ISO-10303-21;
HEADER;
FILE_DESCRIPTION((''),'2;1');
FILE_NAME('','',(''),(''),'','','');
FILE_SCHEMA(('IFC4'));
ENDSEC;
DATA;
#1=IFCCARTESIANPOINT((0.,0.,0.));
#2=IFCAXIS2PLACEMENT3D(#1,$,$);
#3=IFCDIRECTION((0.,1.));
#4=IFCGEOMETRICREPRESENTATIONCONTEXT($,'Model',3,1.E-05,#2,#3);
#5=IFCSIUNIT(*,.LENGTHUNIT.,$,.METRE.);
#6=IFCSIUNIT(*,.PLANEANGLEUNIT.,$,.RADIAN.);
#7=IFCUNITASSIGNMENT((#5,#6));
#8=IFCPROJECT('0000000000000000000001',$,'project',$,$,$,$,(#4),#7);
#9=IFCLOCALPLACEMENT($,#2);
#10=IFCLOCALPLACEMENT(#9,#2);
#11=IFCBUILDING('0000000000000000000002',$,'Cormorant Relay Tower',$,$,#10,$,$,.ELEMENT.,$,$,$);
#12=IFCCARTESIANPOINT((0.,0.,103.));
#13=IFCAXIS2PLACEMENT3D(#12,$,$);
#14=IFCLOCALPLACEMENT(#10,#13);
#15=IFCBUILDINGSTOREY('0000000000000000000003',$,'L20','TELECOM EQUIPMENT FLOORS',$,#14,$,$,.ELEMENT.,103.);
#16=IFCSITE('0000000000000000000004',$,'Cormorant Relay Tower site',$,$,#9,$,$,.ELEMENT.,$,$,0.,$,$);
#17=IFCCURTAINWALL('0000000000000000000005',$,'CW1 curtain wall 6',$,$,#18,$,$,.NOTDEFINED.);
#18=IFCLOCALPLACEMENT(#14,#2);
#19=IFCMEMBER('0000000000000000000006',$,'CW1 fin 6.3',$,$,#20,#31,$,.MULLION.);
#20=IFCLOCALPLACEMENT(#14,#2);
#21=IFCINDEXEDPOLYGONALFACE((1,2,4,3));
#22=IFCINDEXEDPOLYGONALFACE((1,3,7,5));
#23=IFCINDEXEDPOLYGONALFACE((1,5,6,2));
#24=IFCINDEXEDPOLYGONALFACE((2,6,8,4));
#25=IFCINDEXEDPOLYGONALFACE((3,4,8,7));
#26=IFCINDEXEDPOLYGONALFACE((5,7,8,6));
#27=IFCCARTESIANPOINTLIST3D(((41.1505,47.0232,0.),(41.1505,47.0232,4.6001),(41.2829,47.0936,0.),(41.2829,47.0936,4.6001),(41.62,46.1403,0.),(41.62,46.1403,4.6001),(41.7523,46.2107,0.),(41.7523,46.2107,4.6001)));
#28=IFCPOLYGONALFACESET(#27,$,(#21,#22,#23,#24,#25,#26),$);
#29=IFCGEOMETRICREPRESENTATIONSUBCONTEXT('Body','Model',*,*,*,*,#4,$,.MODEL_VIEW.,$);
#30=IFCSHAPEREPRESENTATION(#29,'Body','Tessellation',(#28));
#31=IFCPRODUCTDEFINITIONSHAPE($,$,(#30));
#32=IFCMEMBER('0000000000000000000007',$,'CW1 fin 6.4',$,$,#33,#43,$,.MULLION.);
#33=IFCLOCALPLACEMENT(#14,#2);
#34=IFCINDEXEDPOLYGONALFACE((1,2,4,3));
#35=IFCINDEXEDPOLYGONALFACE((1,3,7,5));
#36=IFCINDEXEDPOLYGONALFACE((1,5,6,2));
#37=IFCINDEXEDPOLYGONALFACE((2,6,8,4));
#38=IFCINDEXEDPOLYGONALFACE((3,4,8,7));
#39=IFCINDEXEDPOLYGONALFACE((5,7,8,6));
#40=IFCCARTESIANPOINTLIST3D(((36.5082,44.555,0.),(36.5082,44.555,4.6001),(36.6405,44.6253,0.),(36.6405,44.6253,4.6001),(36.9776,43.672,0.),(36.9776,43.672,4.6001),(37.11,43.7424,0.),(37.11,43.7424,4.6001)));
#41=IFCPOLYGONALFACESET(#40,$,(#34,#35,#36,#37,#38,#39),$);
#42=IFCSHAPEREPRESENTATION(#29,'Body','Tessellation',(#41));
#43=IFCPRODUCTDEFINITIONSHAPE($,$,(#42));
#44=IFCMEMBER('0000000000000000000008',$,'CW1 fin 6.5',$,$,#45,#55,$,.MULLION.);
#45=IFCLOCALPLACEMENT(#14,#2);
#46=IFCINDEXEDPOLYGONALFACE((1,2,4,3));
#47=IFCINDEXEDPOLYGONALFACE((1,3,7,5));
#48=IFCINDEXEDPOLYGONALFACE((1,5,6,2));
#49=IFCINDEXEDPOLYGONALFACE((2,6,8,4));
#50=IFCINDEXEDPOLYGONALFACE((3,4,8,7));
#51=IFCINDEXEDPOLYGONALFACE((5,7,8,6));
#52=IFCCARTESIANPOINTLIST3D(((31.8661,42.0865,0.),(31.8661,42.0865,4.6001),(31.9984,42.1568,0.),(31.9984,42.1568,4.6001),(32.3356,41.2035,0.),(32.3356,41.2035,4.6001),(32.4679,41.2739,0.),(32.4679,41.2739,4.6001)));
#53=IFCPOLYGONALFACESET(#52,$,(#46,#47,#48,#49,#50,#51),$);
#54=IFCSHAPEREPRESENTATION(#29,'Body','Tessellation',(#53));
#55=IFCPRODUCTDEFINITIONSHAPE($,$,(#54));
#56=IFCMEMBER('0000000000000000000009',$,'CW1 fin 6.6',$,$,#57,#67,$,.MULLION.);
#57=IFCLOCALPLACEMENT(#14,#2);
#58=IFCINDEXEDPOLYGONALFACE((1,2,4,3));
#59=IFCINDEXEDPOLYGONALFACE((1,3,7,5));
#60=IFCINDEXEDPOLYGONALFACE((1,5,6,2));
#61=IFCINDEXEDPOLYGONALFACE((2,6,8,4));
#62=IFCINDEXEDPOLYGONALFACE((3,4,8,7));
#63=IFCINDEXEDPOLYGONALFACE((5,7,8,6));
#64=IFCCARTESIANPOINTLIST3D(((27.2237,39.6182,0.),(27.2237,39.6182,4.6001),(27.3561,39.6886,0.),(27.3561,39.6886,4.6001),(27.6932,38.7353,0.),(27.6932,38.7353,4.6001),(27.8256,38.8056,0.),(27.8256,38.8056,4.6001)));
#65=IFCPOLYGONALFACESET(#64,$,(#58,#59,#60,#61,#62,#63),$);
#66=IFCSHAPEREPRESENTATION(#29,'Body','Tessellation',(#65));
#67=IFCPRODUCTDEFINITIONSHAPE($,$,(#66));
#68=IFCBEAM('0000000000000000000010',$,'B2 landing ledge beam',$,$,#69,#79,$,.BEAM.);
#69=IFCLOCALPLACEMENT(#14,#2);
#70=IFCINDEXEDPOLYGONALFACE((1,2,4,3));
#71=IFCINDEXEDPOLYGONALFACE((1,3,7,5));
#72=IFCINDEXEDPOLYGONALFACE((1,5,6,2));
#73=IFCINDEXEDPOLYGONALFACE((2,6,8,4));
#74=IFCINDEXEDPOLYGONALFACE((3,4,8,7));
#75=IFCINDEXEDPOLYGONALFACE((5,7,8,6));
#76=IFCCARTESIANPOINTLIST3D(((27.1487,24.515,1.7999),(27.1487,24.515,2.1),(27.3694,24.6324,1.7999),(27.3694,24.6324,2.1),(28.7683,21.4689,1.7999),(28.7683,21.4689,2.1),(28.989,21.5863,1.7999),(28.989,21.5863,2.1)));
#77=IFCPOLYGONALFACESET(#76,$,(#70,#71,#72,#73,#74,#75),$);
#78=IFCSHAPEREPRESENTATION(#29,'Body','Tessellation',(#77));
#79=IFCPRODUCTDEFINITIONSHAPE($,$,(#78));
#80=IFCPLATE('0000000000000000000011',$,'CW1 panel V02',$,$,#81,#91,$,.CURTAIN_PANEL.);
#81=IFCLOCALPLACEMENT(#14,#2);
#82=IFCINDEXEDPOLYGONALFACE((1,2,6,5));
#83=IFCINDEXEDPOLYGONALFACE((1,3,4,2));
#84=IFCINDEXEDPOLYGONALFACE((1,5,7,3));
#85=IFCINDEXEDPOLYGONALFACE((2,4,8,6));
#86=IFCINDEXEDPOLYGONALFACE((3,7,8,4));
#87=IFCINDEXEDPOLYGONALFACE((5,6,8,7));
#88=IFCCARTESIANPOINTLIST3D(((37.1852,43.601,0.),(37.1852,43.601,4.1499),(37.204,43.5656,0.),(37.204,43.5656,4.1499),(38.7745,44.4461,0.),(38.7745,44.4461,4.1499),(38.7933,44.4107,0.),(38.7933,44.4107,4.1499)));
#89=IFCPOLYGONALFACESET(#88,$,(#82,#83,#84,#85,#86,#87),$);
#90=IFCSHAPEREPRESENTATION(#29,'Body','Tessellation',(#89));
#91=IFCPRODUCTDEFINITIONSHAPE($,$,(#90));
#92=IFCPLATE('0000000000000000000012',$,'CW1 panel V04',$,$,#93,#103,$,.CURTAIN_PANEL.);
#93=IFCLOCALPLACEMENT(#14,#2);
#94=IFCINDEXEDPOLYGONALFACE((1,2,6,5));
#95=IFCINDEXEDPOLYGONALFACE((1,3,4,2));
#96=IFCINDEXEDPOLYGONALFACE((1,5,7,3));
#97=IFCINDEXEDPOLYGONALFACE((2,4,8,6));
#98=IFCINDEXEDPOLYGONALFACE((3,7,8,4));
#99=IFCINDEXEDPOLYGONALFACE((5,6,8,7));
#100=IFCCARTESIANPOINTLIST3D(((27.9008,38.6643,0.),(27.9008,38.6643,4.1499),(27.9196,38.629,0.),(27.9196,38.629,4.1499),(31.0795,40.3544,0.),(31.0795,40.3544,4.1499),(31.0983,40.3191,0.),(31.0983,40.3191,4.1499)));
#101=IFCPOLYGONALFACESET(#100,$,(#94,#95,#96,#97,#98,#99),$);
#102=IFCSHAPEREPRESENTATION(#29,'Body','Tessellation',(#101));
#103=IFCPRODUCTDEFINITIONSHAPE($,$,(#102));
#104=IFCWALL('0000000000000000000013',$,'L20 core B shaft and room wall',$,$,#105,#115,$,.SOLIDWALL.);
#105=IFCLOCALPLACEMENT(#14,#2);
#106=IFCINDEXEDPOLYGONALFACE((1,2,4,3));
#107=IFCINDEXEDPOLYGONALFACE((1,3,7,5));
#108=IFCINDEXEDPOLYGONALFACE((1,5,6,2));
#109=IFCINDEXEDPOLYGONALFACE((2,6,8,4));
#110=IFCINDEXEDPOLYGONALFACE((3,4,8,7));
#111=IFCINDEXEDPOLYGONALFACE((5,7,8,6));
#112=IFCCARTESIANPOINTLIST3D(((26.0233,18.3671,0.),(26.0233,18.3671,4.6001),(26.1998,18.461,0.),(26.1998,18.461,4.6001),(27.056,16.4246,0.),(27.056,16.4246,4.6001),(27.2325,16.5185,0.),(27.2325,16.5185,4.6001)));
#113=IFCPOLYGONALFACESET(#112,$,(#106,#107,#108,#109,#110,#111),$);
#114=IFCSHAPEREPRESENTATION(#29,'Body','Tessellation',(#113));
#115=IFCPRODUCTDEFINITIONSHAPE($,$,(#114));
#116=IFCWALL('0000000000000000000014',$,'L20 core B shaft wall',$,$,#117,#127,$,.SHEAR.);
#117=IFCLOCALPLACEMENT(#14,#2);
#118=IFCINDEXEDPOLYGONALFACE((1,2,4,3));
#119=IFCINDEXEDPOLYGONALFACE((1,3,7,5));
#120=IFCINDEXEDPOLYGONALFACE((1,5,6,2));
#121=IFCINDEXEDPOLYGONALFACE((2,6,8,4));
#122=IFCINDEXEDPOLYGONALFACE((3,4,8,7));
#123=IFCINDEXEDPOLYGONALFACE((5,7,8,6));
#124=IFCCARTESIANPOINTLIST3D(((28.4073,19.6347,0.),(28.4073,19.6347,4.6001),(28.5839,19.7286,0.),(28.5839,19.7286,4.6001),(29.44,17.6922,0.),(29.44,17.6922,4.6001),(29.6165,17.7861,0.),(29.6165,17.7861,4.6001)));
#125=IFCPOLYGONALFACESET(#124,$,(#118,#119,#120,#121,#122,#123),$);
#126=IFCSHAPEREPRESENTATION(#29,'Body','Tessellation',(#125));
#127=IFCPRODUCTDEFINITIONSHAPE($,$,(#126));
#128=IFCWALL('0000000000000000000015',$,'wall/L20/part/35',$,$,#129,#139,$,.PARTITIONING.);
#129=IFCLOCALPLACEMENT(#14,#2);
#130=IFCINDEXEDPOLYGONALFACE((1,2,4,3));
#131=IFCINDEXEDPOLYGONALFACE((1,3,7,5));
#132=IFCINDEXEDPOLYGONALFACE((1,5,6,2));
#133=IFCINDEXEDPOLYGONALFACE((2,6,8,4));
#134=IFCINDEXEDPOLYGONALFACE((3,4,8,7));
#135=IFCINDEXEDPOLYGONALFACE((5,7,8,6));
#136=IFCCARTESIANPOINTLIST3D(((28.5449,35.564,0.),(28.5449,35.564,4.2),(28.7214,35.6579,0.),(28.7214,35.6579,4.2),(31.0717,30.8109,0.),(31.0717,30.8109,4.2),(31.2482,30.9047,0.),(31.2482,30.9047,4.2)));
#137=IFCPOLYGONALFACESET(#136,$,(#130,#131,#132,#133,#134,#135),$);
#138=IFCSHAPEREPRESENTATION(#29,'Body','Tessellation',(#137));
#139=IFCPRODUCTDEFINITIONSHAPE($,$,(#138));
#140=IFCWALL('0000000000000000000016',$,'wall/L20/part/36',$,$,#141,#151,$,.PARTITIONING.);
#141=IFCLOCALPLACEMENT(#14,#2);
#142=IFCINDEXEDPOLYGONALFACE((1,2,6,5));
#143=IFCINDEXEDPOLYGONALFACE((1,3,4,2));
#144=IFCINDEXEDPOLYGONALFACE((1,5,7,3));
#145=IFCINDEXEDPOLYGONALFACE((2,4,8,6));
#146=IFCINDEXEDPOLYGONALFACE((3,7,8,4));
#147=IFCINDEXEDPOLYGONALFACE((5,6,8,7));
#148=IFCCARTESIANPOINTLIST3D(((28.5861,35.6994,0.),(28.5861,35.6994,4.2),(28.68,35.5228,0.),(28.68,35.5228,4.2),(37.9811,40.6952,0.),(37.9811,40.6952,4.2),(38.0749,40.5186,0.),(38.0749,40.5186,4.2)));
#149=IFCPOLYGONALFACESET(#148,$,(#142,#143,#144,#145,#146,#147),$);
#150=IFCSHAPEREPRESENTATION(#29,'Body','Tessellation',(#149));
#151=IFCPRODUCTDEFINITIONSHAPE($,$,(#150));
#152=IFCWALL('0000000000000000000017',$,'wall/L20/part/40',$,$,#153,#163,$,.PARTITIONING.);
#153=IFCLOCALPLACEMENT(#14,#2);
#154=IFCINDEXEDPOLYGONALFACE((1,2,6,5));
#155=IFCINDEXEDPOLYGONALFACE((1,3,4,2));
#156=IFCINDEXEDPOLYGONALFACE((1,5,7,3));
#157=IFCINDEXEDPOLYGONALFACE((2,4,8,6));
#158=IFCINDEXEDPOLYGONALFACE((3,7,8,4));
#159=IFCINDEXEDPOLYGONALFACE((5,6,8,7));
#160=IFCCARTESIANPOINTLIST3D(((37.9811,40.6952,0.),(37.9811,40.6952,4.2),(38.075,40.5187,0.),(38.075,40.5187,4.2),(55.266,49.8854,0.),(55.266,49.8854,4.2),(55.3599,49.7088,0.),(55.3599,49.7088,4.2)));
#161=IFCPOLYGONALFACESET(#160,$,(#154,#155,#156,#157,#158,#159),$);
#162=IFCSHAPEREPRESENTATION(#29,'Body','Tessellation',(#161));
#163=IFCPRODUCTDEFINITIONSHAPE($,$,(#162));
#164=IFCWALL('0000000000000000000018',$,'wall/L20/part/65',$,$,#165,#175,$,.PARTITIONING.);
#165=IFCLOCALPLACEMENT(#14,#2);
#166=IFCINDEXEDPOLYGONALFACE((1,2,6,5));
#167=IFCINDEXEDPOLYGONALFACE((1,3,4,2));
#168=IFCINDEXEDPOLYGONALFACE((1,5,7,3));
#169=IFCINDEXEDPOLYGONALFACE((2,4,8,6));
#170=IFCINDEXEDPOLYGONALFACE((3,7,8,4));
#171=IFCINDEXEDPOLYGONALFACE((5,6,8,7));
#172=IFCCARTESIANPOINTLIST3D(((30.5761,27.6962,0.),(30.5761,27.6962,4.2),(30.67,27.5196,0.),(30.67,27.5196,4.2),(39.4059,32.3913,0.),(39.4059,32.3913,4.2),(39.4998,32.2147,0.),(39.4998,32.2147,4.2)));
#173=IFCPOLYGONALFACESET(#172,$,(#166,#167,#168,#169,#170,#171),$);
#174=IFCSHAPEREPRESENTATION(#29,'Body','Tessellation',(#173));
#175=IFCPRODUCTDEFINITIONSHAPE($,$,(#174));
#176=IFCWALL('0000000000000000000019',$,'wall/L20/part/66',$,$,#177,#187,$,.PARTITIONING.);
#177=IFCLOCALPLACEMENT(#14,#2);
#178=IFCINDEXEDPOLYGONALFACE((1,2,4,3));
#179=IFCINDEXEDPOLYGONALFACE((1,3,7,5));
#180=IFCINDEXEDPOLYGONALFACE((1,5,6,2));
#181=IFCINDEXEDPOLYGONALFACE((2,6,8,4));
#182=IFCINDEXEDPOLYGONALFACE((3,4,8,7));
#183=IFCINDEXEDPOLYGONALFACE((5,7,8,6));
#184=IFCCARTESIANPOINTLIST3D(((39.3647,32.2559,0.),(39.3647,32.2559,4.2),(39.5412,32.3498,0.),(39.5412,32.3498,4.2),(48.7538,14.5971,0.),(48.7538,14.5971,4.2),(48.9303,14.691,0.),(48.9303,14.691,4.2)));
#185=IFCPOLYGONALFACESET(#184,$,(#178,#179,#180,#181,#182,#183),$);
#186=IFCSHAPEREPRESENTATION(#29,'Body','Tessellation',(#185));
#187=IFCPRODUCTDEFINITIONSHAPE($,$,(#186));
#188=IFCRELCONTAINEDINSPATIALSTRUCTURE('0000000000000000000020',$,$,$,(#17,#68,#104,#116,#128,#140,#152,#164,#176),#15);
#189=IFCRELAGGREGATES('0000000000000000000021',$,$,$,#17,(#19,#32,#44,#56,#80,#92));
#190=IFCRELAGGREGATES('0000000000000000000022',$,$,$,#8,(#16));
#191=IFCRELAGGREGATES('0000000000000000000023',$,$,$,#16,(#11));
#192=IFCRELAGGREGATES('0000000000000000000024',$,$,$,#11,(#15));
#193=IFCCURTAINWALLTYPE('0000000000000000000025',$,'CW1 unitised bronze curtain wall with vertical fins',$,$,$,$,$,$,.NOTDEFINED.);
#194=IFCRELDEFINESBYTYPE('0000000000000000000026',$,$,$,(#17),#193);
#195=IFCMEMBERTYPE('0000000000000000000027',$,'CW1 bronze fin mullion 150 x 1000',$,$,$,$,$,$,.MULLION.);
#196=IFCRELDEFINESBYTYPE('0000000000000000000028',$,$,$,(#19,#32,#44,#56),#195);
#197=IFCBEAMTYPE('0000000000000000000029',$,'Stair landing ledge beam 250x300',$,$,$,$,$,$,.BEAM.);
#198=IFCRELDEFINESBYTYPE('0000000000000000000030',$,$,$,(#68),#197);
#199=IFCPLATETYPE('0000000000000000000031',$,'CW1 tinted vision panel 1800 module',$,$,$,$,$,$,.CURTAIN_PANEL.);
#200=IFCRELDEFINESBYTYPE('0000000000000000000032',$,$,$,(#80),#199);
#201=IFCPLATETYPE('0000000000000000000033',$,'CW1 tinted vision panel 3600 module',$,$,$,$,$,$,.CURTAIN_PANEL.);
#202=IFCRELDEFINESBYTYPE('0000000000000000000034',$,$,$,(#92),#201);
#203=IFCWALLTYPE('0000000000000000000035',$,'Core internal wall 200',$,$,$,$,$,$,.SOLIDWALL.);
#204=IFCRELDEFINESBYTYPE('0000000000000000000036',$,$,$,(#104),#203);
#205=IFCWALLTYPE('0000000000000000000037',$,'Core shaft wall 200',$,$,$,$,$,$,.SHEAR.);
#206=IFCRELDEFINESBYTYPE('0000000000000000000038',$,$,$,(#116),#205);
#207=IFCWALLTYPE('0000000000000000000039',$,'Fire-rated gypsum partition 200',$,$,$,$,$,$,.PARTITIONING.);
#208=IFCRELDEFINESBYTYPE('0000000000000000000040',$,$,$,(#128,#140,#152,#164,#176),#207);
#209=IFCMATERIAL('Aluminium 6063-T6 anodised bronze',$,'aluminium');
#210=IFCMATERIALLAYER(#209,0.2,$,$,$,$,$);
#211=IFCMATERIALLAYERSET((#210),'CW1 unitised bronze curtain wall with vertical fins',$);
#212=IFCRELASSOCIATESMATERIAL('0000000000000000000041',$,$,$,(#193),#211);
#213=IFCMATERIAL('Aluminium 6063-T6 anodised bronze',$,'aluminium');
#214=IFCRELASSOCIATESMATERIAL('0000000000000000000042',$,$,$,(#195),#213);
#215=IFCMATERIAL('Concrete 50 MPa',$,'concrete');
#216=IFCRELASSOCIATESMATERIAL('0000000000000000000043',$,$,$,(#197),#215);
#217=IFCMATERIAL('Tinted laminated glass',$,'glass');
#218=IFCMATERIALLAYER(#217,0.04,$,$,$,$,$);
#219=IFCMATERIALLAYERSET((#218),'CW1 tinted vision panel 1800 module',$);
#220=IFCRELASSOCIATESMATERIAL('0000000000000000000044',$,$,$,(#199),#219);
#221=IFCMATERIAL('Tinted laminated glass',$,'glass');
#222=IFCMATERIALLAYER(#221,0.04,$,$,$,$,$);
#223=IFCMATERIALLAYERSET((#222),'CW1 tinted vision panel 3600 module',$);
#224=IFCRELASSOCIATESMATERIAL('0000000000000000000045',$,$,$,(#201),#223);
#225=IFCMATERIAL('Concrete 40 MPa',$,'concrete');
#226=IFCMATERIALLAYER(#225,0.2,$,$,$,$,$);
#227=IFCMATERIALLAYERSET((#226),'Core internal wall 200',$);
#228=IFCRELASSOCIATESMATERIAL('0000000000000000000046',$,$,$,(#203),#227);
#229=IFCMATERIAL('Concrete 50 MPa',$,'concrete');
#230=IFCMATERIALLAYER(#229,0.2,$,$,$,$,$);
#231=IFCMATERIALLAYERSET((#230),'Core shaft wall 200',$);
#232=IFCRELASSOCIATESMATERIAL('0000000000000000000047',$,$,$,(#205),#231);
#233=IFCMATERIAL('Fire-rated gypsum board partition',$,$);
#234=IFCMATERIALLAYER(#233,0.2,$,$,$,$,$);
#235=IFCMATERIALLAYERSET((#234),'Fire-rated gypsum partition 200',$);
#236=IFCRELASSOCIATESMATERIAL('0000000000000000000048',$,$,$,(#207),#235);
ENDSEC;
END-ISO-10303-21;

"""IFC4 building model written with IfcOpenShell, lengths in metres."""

from ifc_helpers import new_model, si_unit, direction, frame, frame_2d, origin, origin_2d, place, context, subcontext, project, spatial, rectangle, extrude, material, layer, layer_set, material_profile, profile_set, type_object, element, aggregate, save


model = new_model("IFC4")

# Units and contexts
model_context = context("Model", 3, precision=1e-05, world=origin(), true_north=direction((0.0, 1.0)))
body_context = subcontext(model_context, "Body", "Model", "MODEL_VIEW")
ifc_project = project(units=[si_unit("LENGTHUNIT", "METRE"), si_unit("PLANEANGLEUNIT", "RADIAN")], contexts=[model_context])

# Site, building, storey
site_placement = place(None, origin())
site = spatial("IfcSite", under=ifc_project, at=site_placement, Name="Cormorant Relay Tower site", CompositionType="ELEMENT", RefElevation=0.0)
building_placement = place(site_placement, origin())
building = spatial("IfcBuilding", under=site, at=building_placement, Name="Cormorant Relay Tower", CompositionType="ELEMENT")
storey_placement = place(building_placement, frame((0.0, 0.0, 103.0)))
storey = spatial("IfcBuildingStorey", under=building, at=storey_placement, Name="L20", Description="TELECOM EQUIPMENT FLOORS", CompositionType="ELEMENT", Elevation=103.0)

# Curtain wall, members
ifc_material_1 = material(Name="Aluminium 6063-T6 anodised bronze", Category="aluminium")
ifc_layer_1 = layer(ifc_material_1, 0.2)
ifc_layer_set_1 = layer_set([ifc_layer_1], Name="CW1 unitised bronze curtain wall with vertical fins")
curtain_wall_type = type_object("IfcCurtainWallType", Name="CW1 unitised bronze curtain wall with vertical fins", PredefinedType="NOTDEFINED", material=ifc_layer_set_1)
curtain_wall_placement = place(storey_placement, origin())
curtain_wall = element("IfcCurtainWall", 1, at=curtain_wall_placement, inside=storey, type_object=curtain_wall_type, Name="CW1 curtain wall 6", PredefinedType="NOTDEFINED")
ifc_material_2 = material(Name="Aluminium 6063-T6 anodised bronze", Category="aluminium")
ifc_material_profile_1 = material_profile(ifc_material_2, rectangle(XDim=0.1499, YDim=1.0, at=origin_2d()), Name="AL 150x1000")
ifc_profile_set_1 = profile_set([ifc_material_profile_1], Name="Aluminium 6063-T6 anodised bronze")
member_type = type_object("IfcMemberType", Name="CW1 bronze fin mullion 150 x 1000", PredefinedType="MULLION", material=ifc_profile_set_1)
member_1_placement = place(storey_placement, frame((41.4514, 46.6169, 0.0), z_axis=(0.0, 0.0, 1.0), x_axis=(-0.882948, -0.469472, 0.0)))
member_1 = element("IfcMember", 2, at=member_1_placement, type_object=member_type, Name="CW1 fin 6.3", PredefinedType="MULLION", context=body_context, shape_type="SweptSolid", body=[
    extrude(rectangle(XDim=0.1499, YDim=1.0, at=origin_2d()), origin(), (0.0, 0.0, 1.0), 4.6001),
])
member_2_placement = place(storey_placement, frame((36.8091, 44.1487, 0.0), z_axis=(0.0, 0.0, 1.0), x_axis=(-0.882948, -0.469472, 0.0)))
member_2 = element("IfcMember", 3, at=member_2_placement, type_object=member_type, Name="CW1 fin 6.4", PredefinedType="MULLION", context=body_context, shape_type="SweptSolid", body=[
    extrude(rectangle(XDim=0.1499, YDim=1.0, at=origin_2d()), origin(), (0.0, 0.0, 1.0), 4.6001),
])
member_3_placement = place(storey_placement, frame((32.167, 41.6802, 0.0), z_axis=(0.0, 0.0, 1.0), x_axis=(-0.882948, -0.469472, 0.0)))
member_3 = element("IfcMember", 4, at=member_3_placement, type_object=member_type, Name="CW1 fin 6.5", PredefinedType="MULLION", context=body_context, shape_type="SweptSolid", body=[
    extrude(rectangle(XDim=0.1499, YDim=1.0, at=origin_2d()), origin(), (0.0, 0.0, 1.0), 4.6001),
])
member_4_placement = place(storey_placement, frame((27.5247, 39.2119, 0.0), z_axis=(0.0, 0.0, 1.0), x_axis=(-0.882948, -0.469472, 0.0)))
member_4 = element("IfcMember", 5, at=member_4_placement, type_object=member_type, Name="CW1 fin 6.6", PredefinedType="MULLION", context=body_context, shape_type="SweptSolid", body=[
    extrude(rectangle(XDim=0.1499, YDim=1.0, at=origin_2d()), origin(), (0.0, 0.0, 1.0), 4.6001),
])

# Beam
ifc_material_3 = material(Name="Concrete 50 MPa", Category="concrete")
ifc_material_profile_2 = material_profile(ifc_material_3, rectangle(XDim=0.25, YDim=0.3, at=origin_2d()), Name="RC 250x300")
ifc_profile_set_2 = profile_set([ifc_material_profile_2], Name="Concrete 50 MPa")
beam_type = type_object("IfcBeamType", Name="Stair landing ledge beam 250x300", PredefinedType="BEAM", material=ifc_profile_set_2)
beam_placement = place(storey_placement, frame((28.8787, 21.5276, 1.95), z_axis=(-0.469464, 0.882952, 0.0), x_axis=(-0.882952, -0.469464, 0.0)))
element("IfcBeam", 6, at=beam_placement, inside=storey, type_object=beam_type, Name="B2 landing ledge beam", PredefinedType="BEAM", context=body_context, shape_type="SweptSolid", body=[
    extrude(rectangle(XDim=0.25, YDim=0.3, at=origin_2d()), origin(), (0.0, 0.0, 1.0), 3.45),
])

# Plates
ifc_material_4 = material(Name="Tinted laminated glass", Category="glass")
ifc_layer_2 = layer(ifc_material_4, 0.04)
ifc_layer_set_2 = layer_set([ifc_layer_2], Name="CW1 tinted vision panel 1800 module")
plate_type_1 = type_object("IfcPlateType", Name="CW1 tinted vision panel 1800 module", PredefinedType="CURTAIN_PANEL", material=ifc_layer_set_2)
plate_1_placement = place(storey_placement, frame((37.9893, 44.0059, 0.0), z_axis=(0.0, 0.0, 1.0), x_axis=(-0.882948, -0.469472, 0.0)))
plate_1 = element("IfcPlate", 7, at=plate_1_placement, type_object=plate_type_1, Name="CW1 panel V02", PredefinedType="CURTAIN_PANEL", context=body_context, shape_type="SweptSolid", body=[
    extrude(rectangle(XDim=1.8, YDim=0.04, at=origin_2d()), origin(), (0.0, 0.0, 1.0), 4.1499),
])
ifc_material_5 = material(Name="Tinted laminated glass", Category="glass")
ifc_layer_3 = layer(ifc_material_5, 0.04)
ifc_layer_set_3 = layer_set([ifc_layer_3], Name="CW1 tinted vision panel 3600 module")
plate_type_2 = type_object("IfcPlateType", Name="CW1 tinted vision panel 3600 module", PredefinedType="CURTAIN_PANEL", material=ifc_layer_set_3)
plate_2_placement = place(storey_placement, frame((29.4995, 39.4917, 0.0), z_axis=(0.0, 0.0, 1.0), x_axis=(-0.882948, -0.469472, 0.0)))
plate_2 = element("IfcPlate", 8, at=plate_2_placement, type_object=plate_type_2, Name="CW1 panel V04", PredefinedType="CURTAIN_PANEL", context=body_context, shape_type="SweptSolid", body=[
    extrude(rectangle(XDim=3.6001, YDim=0.04, at=origin_2d()), origin(), (0.0, 0.0, 1.0), 4.1499),
])

# Walls
ifc_material_6 = material(Name="Concrete 40 MPa", Category="concrete")
ifc_layer_4 = layer(ifc_material_6, 0.2)
ifc_layer_set_4 = layer_set([ifc_layer_4], Name="Core internal wall 200")
wall_type_1 = type_object("IfcWallType", Name="Core internal wall 200", PredefinedType="SOLIDWALL", material=ifc_layer_set_4)
wall_1_placement = place(storey_placement, frame((27.1443, 16.4714, 0.0), z_axis=(0.0, 0.0, 1.0), x_axis=(-0.469401, 0.882985, 0.0)))
element("IfcWall", 9, at=wall_1_placement, inside=storey, type_object=wall_type_1, Name="L20 core B shaft and room wall", PredefinedType="SOLIDWALL", context=body_context, shape_type="SweptSolid", body=[
    extrude(rectangle(XDim=2.2, YDim=0.2, at=frame_2d((1.1001, 0.0))), origin(), (0.0, 0.0, 1.0), 4.6001),
])
ifc_material_7 = material(Name="Concrete 50 MPa", Category="concrete")
ifc_layer_5 = layer(ifc_material_7, 0.2)
ifc_layer_set_5 = layer_set([ifc_layer_5], Name="Core shaft wall 200")
wall_type_2 = type_object("IfcWallType", Name="Core shaft wall 200", PredefinedType="SHEAR", material=ifc_layer_set_5)
wall_2_placement = place(storey_placement, frame((29.5283, 17.739, 0.0), z_axis=(0.0, 0.0, 1.0), x_axis=(-0.469401, 0.882985, 0.0)))
element("IfcWall", 10, at=wall_2_placement, inside=storey, type_object=wall_type_2, Name="L20 core B shaft wall", PredefinedType="SHEAR", context=body_context, shape_type="SweptSolid", body=[
    extrude(rectangle(XDim=2.2, YDim=0.2, at=frame_2d((1.1001, 0.0))), origin(), (0.0, 0.0, 1.0), 4.6001),
])
ifc_material_8 = material(Name="Fire-rated gypsum board partition")
ifc_layer_6 = layer(ifc_material_8, 0.2)
ifc_layer_set_6 = layer_set([ifc_layer_6], Name="Fire-rated gypsum partition 200")
wall_type_3 = type_object("IfcWallType", Name="Fire-rated gypsum partition 200", PredefinedType="PARTITIONING", material=ifc_layer_set_6)
wall_3_placement = place(storey_placement, frame((31.1599, 30.8579, 0.0), z_axis=(0.0, 0.0, 1.0), x_axis=(-0.469406, 0.882982, 0.0)))
element("IfcWall", 11, at=wall_3_placement, inside=storey, type_object=wall_type_3, Name="wall/L20/part/35", PredefinedType="PARTITIONING", context=body_context, shape_type="SweptSolid", body=[
    extrude(rectangle(XDim=5.3831, YDim=0.2, at=frame_2d((2.6914, 0.0))), origin(), (0.0, 0.0, 1.0), 4.2),
])
wall_4_placement = place(storey_placement, frame((28.6331, 35.6111, 0.0), z_axis=(0.0, 0.0, 1.0), x_axis=(0.882931, 0.469503, 0.0)))
element("IfcWall", 12, at=wall_4_placement, inside=storey, type_object=wall_type_3, Name="wall/L20/part/36", PredefinedType="PARTITIONING", context=body_context, shape_type="SweptSolid", body=[
    extrude(rectangle(XDim=10.6406, YDim=0.2, at=frame_2d((5.3203, 0.0))), origin(), (0.0, 0.0, 1.0), 4.2),
])
wall_5_placement = place(storey_placement, frame((38.0281, 40.6069, 0.0), z_axis=(0.0, 0.0, 1.0), x_axis=(0.882955, 0.469457, 0.0)))
element("IfcWall", 13, at=wall_5_placement, inside=storey, type_object=wall_type_3, Name="wall/L20/part/40", PredefinedType="PARTITIONING", context=body_context, shape_type="SweptSolid", body=[
    extrude(rectangle(XDim=19.5762, YDim=0.2, at=frame_2d((9.7881, 0.0))), origin(), (0.0, 0.0, 1.0), 4.2),
])
wall_6_placement = place(storey_placement, frame((30.623, 27.6079, 0.0), z_axis=(0.0, 0.0, 1.0), x_axis=(0.882941, 0.469484, 0.0)))
element("IfcWall", 14, at=wall_6_placement, inside=storey, type_object=wall_type_3, Name="wall/L20/part/65", PredefinedType="PARTITIONING", context=body_context, shape_type="SweptSolid", body=[
    extrude(rectangle(XDim=10.0005, YDim=0.2, at=frame_2d((5.0002, 0.0))), origin(), (0.0, 0.0, 1.0), 4.2),
])
wall_7_placement = place(storey_placement, frame((39.4529, 32.303, 0.0), z_axis=(0.0, 0.0, 1.0), x_axis=(0.469461, -0.882953, 0.0)))
element("IfcWall", 15, at=wall_7_placement, inside=storey, type_object=wall_type_3, Name="wall/L20/part/66", PredefinedType="PARTITIONING", context=body_context, shape_type="SweptSolid", body=[
    extrude(rectangle(XDim=19.9998, YDim=0.2, at=frame_2d((10.0, 0.0))), origin(), (0.0, 0.0, 1.0), 4.2),
])

aggregate(curtain_wall, [member_1, member_2, member_3, member_4, plate_1, plate_2])

save(model, "model.ifc")
